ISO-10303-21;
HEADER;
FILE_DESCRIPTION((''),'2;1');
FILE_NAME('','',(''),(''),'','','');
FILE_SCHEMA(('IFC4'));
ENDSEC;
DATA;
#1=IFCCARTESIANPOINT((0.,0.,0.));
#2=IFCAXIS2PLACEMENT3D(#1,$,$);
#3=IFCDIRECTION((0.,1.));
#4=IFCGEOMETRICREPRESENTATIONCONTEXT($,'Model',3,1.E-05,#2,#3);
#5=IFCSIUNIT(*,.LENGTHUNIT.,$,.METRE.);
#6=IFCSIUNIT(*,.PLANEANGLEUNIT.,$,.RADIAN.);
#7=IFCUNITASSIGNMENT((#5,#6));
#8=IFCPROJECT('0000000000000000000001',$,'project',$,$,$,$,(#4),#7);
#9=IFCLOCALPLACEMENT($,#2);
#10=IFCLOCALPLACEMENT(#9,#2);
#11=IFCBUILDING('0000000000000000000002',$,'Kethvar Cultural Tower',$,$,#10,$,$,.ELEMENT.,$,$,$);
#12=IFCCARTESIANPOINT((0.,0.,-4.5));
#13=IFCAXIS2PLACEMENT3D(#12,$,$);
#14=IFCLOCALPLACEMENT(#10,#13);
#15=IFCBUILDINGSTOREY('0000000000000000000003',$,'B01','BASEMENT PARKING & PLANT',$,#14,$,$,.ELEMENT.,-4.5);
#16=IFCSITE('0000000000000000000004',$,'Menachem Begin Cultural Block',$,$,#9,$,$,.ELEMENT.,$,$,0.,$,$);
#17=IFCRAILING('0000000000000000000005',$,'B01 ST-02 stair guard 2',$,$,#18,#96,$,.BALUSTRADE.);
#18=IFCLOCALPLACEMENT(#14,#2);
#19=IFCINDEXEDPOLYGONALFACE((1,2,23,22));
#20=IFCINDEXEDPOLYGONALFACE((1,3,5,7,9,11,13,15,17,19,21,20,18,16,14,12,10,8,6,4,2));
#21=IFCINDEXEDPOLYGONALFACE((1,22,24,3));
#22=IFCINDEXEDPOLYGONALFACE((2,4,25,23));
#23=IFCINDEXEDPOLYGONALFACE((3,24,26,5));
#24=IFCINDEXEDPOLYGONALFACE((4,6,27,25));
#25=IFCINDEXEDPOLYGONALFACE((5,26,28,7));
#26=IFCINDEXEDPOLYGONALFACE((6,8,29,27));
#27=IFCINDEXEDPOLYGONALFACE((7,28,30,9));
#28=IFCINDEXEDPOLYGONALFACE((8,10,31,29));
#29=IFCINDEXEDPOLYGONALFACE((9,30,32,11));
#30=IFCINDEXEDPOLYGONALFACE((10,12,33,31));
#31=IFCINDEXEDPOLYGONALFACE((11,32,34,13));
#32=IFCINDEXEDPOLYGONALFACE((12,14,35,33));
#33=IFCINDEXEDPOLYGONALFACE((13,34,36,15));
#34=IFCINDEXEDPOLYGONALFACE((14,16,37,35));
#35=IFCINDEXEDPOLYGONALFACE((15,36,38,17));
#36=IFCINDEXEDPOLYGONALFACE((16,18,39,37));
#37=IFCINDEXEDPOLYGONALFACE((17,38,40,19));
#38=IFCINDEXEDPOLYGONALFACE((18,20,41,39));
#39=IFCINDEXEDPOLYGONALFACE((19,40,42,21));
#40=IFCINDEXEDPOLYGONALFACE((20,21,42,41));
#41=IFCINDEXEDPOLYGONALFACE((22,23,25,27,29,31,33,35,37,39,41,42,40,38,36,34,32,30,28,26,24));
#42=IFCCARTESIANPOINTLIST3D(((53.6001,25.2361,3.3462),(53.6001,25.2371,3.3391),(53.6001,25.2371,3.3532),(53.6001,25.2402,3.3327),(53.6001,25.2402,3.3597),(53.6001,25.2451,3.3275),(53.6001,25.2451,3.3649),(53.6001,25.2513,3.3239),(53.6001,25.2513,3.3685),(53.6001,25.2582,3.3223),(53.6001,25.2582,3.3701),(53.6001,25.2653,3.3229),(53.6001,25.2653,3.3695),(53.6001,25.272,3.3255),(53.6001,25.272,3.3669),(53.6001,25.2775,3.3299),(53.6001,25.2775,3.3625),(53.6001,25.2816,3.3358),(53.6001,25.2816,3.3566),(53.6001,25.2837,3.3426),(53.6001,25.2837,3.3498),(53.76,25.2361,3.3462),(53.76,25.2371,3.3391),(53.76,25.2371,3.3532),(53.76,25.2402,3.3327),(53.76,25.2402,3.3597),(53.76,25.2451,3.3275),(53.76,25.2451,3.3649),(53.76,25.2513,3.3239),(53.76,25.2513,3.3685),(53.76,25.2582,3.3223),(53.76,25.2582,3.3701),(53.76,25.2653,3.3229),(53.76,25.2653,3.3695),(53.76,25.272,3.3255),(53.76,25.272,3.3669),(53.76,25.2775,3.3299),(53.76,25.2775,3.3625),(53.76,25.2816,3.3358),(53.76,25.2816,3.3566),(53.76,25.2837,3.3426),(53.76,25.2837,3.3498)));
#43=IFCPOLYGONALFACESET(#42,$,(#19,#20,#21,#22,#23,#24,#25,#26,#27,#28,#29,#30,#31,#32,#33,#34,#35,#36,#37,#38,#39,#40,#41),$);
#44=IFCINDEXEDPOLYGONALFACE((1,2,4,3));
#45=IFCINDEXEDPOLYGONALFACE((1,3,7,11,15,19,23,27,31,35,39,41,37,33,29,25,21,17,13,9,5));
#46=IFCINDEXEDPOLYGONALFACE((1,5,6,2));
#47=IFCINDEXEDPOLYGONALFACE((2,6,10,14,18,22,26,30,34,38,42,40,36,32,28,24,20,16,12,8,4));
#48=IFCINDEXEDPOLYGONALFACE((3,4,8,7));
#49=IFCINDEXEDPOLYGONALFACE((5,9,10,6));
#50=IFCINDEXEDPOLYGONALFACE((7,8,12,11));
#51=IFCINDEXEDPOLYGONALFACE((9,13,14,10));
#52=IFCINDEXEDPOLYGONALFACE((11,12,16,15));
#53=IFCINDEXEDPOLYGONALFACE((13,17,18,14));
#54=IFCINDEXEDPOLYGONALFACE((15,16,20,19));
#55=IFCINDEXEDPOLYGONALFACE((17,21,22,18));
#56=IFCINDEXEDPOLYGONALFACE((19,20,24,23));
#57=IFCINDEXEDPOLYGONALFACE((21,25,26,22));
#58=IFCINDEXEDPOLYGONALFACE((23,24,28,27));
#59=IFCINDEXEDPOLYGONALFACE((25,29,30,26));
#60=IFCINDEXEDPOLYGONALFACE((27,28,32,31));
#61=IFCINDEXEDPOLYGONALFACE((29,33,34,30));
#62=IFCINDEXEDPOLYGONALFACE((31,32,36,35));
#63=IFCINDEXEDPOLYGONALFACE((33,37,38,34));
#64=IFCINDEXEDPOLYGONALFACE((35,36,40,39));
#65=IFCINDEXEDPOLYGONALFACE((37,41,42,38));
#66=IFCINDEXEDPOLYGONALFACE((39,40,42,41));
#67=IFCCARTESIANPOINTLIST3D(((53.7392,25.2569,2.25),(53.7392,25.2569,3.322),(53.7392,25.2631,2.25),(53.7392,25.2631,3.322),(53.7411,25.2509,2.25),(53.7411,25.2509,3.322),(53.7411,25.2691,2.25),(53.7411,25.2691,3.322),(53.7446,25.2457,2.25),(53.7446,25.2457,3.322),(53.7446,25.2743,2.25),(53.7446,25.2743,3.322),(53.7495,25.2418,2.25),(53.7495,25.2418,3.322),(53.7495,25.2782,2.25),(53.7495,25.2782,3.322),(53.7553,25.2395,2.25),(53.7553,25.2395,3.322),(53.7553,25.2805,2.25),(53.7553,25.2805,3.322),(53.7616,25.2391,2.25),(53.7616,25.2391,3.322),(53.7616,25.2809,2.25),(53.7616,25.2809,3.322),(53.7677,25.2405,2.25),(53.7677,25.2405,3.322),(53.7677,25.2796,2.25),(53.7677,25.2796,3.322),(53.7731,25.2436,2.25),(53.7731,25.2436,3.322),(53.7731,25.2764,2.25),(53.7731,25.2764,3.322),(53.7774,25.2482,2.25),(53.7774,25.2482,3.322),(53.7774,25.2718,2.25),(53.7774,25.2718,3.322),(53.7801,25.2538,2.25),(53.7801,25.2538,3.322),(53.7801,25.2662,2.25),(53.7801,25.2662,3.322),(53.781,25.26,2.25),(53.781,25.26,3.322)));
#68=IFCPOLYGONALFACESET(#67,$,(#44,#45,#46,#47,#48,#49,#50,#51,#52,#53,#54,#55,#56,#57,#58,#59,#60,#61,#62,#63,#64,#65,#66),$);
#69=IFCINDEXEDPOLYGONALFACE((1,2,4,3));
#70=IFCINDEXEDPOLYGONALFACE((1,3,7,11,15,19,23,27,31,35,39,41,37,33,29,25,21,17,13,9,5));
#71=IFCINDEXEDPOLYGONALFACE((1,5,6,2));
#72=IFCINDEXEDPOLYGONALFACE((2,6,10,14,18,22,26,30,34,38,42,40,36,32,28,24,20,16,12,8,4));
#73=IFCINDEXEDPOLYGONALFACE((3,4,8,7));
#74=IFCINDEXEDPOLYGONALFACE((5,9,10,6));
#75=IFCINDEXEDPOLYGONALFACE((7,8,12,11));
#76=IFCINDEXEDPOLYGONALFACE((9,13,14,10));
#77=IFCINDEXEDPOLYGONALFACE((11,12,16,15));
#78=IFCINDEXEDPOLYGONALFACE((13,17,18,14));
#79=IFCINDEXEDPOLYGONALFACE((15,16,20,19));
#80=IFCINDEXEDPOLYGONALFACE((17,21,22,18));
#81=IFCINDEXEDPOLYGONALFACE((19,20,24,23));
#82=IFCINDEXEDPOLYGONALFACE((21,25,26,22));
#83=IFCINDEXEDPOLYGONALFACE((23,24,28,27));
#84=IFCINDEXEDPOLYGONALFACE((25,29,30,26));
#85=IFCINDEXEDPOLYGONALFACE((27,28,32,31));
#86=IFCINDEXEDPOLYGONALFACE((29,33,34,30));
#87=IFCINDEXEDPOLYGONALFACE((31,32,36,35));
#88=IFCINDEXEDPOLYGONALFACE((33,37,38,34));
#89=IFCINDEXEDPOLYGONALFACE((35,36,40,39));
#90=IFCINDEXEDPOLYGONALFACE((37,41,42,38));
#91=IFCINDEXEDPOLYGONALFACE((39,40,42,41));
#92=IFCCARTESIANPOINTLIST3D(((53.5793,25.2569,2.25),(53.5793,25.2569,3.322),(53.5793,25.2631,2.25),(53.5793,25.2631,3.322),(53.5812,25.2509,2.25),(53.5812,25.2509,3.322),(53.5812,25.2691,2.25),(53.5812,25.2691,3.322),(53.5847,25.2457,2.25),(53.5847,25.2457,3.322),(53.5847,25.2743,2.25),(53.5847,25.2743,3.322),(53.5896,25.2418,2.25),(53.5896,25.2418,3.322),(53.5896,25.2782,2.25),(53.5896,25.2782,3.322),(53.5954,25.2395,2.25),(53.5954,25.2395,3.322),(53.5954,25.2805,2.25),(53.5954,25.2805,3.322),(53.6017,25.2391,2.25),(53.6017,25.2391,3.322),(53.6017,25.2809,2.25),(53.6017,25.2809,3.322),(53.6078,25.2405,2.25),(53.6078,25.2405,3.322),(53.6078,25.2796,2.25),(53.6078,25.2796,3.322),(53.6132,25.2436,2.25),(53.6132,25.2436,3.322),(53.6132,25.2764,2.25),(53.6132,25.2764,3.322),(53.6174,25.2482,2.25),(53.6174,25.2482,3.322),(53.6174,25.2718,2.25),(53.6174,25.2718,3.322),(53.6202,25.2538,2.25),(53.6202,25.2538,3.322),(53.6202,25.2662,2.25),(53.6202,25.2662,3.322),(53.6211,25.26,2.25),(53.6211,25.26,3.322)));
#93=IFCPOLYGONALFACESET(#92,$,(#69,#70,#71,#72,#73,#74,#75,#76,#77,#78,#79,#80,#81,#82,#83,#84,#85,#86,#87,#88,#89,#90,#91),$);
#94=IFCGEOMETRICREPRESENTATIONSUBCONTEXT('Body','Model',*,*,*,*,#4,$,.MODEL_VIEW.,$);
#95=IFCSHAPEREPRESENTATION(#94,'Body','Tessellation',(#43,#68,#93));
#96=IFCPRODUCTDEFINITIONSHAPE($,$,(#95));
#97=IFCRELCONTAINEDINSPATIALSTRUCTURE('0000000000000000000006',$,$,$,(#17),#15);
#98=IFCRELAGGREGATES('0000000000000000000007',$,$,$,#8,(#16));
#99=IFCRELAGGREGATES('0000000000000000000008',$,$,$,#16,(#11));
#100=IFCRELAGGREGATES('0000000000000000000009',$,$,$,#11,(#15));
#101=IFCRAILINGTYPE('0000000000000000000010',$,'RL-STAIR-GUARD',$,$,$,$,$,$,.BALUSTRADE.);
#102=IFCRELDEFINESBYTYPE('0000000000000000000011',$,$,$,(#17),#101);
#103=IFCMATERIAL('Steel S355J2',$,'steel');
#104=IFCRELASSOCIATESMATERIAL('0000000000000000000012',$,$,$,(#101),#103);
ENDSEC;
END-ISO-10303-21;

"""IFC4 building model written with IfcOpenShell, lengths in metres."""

from ifc_helpers import new_model, si_unit, direction, frame, origin, origin_2d, place, context, subcontext, project, spatial, circle, extrude, material, type_object, element, save


model = new_model("IFC4")

# Units and contexts
model_context = context("Model", 3, precision=1e-05, world=origin(), true_north=direction((0.0, 1.0)))
body_context = subcontext(model_context, "Body", "Model", "MODEL_VIEW")
ifc_project = project(units=[si_unit("LENGTHUNIT", "METRE"), si_unit("PLANEANGLEUNIT", "RADIAN")], contexts=[model_context])

# Site, building, storey
site_placement = place(None, origin())
site = spatial("IfcSite", under=ifc_project, at=site_placement, Name="Menachem Begin Cultural Block", CompositionType="ELEMENT", RefElevation=0.0)
building_placement = place(site_placement, origin())
building = spatial("IfcBuilding", under=site, at=building_placement, Name="Kethvar Cultural Tower", CompositionType="ELEMENT")
storey_placement = place(building_placement, frame((0.0, 0.0, -4.5)))
storey = spatial("IfcBuildingStorey", under=building, at=storey_placement, Name="B01", Description="BASEMENT PARKING & PLANT", CompositionType="ELEMENT", Elevation=-4.5)

# Shared definitions
ifc_material_1 = material(Name="Steel S355J2", Category="steel")

# Railing
railing_type_1 = type_object("IfcRailingType", Name="RL-STAIR-GUARD", PredefinedType="BALUSTRADE", material=ifc_material_1)
railing_1_placement = place(storey_placement, frame((53.76, 25.26, 2.25)))
element("IfcRailing", 1, at=railing_1_placement, inside=storey, type_object=railing_type_1, Name="B01 ST-02 stair guard 2", PredefinedType="BALUSTRADE", context=body_context, shape_type="SweptSolid", body=[
    extrude(circle(Radius=0.0239, at=origin_2d()), frame((0.0, 0.0, 1.0962), z_axis=(-1.0, 0.0, 0.0), x_axis=(0.0, -1.0, 0.0)), (0.0, 0.0, 1.0), 0.1599),
    extrude(circle(Radius=0.021, at=origin_2d()), origin(), (0.0, 0.0, 1.0), 1.072),
    extrude(circle(Radius=0.021, at=origin_2d()), frame((-0.1599, 0.0, 0.0)), (0.0, 0.0, 1.0), 1.072),
])

save(model, "model.ifc")
